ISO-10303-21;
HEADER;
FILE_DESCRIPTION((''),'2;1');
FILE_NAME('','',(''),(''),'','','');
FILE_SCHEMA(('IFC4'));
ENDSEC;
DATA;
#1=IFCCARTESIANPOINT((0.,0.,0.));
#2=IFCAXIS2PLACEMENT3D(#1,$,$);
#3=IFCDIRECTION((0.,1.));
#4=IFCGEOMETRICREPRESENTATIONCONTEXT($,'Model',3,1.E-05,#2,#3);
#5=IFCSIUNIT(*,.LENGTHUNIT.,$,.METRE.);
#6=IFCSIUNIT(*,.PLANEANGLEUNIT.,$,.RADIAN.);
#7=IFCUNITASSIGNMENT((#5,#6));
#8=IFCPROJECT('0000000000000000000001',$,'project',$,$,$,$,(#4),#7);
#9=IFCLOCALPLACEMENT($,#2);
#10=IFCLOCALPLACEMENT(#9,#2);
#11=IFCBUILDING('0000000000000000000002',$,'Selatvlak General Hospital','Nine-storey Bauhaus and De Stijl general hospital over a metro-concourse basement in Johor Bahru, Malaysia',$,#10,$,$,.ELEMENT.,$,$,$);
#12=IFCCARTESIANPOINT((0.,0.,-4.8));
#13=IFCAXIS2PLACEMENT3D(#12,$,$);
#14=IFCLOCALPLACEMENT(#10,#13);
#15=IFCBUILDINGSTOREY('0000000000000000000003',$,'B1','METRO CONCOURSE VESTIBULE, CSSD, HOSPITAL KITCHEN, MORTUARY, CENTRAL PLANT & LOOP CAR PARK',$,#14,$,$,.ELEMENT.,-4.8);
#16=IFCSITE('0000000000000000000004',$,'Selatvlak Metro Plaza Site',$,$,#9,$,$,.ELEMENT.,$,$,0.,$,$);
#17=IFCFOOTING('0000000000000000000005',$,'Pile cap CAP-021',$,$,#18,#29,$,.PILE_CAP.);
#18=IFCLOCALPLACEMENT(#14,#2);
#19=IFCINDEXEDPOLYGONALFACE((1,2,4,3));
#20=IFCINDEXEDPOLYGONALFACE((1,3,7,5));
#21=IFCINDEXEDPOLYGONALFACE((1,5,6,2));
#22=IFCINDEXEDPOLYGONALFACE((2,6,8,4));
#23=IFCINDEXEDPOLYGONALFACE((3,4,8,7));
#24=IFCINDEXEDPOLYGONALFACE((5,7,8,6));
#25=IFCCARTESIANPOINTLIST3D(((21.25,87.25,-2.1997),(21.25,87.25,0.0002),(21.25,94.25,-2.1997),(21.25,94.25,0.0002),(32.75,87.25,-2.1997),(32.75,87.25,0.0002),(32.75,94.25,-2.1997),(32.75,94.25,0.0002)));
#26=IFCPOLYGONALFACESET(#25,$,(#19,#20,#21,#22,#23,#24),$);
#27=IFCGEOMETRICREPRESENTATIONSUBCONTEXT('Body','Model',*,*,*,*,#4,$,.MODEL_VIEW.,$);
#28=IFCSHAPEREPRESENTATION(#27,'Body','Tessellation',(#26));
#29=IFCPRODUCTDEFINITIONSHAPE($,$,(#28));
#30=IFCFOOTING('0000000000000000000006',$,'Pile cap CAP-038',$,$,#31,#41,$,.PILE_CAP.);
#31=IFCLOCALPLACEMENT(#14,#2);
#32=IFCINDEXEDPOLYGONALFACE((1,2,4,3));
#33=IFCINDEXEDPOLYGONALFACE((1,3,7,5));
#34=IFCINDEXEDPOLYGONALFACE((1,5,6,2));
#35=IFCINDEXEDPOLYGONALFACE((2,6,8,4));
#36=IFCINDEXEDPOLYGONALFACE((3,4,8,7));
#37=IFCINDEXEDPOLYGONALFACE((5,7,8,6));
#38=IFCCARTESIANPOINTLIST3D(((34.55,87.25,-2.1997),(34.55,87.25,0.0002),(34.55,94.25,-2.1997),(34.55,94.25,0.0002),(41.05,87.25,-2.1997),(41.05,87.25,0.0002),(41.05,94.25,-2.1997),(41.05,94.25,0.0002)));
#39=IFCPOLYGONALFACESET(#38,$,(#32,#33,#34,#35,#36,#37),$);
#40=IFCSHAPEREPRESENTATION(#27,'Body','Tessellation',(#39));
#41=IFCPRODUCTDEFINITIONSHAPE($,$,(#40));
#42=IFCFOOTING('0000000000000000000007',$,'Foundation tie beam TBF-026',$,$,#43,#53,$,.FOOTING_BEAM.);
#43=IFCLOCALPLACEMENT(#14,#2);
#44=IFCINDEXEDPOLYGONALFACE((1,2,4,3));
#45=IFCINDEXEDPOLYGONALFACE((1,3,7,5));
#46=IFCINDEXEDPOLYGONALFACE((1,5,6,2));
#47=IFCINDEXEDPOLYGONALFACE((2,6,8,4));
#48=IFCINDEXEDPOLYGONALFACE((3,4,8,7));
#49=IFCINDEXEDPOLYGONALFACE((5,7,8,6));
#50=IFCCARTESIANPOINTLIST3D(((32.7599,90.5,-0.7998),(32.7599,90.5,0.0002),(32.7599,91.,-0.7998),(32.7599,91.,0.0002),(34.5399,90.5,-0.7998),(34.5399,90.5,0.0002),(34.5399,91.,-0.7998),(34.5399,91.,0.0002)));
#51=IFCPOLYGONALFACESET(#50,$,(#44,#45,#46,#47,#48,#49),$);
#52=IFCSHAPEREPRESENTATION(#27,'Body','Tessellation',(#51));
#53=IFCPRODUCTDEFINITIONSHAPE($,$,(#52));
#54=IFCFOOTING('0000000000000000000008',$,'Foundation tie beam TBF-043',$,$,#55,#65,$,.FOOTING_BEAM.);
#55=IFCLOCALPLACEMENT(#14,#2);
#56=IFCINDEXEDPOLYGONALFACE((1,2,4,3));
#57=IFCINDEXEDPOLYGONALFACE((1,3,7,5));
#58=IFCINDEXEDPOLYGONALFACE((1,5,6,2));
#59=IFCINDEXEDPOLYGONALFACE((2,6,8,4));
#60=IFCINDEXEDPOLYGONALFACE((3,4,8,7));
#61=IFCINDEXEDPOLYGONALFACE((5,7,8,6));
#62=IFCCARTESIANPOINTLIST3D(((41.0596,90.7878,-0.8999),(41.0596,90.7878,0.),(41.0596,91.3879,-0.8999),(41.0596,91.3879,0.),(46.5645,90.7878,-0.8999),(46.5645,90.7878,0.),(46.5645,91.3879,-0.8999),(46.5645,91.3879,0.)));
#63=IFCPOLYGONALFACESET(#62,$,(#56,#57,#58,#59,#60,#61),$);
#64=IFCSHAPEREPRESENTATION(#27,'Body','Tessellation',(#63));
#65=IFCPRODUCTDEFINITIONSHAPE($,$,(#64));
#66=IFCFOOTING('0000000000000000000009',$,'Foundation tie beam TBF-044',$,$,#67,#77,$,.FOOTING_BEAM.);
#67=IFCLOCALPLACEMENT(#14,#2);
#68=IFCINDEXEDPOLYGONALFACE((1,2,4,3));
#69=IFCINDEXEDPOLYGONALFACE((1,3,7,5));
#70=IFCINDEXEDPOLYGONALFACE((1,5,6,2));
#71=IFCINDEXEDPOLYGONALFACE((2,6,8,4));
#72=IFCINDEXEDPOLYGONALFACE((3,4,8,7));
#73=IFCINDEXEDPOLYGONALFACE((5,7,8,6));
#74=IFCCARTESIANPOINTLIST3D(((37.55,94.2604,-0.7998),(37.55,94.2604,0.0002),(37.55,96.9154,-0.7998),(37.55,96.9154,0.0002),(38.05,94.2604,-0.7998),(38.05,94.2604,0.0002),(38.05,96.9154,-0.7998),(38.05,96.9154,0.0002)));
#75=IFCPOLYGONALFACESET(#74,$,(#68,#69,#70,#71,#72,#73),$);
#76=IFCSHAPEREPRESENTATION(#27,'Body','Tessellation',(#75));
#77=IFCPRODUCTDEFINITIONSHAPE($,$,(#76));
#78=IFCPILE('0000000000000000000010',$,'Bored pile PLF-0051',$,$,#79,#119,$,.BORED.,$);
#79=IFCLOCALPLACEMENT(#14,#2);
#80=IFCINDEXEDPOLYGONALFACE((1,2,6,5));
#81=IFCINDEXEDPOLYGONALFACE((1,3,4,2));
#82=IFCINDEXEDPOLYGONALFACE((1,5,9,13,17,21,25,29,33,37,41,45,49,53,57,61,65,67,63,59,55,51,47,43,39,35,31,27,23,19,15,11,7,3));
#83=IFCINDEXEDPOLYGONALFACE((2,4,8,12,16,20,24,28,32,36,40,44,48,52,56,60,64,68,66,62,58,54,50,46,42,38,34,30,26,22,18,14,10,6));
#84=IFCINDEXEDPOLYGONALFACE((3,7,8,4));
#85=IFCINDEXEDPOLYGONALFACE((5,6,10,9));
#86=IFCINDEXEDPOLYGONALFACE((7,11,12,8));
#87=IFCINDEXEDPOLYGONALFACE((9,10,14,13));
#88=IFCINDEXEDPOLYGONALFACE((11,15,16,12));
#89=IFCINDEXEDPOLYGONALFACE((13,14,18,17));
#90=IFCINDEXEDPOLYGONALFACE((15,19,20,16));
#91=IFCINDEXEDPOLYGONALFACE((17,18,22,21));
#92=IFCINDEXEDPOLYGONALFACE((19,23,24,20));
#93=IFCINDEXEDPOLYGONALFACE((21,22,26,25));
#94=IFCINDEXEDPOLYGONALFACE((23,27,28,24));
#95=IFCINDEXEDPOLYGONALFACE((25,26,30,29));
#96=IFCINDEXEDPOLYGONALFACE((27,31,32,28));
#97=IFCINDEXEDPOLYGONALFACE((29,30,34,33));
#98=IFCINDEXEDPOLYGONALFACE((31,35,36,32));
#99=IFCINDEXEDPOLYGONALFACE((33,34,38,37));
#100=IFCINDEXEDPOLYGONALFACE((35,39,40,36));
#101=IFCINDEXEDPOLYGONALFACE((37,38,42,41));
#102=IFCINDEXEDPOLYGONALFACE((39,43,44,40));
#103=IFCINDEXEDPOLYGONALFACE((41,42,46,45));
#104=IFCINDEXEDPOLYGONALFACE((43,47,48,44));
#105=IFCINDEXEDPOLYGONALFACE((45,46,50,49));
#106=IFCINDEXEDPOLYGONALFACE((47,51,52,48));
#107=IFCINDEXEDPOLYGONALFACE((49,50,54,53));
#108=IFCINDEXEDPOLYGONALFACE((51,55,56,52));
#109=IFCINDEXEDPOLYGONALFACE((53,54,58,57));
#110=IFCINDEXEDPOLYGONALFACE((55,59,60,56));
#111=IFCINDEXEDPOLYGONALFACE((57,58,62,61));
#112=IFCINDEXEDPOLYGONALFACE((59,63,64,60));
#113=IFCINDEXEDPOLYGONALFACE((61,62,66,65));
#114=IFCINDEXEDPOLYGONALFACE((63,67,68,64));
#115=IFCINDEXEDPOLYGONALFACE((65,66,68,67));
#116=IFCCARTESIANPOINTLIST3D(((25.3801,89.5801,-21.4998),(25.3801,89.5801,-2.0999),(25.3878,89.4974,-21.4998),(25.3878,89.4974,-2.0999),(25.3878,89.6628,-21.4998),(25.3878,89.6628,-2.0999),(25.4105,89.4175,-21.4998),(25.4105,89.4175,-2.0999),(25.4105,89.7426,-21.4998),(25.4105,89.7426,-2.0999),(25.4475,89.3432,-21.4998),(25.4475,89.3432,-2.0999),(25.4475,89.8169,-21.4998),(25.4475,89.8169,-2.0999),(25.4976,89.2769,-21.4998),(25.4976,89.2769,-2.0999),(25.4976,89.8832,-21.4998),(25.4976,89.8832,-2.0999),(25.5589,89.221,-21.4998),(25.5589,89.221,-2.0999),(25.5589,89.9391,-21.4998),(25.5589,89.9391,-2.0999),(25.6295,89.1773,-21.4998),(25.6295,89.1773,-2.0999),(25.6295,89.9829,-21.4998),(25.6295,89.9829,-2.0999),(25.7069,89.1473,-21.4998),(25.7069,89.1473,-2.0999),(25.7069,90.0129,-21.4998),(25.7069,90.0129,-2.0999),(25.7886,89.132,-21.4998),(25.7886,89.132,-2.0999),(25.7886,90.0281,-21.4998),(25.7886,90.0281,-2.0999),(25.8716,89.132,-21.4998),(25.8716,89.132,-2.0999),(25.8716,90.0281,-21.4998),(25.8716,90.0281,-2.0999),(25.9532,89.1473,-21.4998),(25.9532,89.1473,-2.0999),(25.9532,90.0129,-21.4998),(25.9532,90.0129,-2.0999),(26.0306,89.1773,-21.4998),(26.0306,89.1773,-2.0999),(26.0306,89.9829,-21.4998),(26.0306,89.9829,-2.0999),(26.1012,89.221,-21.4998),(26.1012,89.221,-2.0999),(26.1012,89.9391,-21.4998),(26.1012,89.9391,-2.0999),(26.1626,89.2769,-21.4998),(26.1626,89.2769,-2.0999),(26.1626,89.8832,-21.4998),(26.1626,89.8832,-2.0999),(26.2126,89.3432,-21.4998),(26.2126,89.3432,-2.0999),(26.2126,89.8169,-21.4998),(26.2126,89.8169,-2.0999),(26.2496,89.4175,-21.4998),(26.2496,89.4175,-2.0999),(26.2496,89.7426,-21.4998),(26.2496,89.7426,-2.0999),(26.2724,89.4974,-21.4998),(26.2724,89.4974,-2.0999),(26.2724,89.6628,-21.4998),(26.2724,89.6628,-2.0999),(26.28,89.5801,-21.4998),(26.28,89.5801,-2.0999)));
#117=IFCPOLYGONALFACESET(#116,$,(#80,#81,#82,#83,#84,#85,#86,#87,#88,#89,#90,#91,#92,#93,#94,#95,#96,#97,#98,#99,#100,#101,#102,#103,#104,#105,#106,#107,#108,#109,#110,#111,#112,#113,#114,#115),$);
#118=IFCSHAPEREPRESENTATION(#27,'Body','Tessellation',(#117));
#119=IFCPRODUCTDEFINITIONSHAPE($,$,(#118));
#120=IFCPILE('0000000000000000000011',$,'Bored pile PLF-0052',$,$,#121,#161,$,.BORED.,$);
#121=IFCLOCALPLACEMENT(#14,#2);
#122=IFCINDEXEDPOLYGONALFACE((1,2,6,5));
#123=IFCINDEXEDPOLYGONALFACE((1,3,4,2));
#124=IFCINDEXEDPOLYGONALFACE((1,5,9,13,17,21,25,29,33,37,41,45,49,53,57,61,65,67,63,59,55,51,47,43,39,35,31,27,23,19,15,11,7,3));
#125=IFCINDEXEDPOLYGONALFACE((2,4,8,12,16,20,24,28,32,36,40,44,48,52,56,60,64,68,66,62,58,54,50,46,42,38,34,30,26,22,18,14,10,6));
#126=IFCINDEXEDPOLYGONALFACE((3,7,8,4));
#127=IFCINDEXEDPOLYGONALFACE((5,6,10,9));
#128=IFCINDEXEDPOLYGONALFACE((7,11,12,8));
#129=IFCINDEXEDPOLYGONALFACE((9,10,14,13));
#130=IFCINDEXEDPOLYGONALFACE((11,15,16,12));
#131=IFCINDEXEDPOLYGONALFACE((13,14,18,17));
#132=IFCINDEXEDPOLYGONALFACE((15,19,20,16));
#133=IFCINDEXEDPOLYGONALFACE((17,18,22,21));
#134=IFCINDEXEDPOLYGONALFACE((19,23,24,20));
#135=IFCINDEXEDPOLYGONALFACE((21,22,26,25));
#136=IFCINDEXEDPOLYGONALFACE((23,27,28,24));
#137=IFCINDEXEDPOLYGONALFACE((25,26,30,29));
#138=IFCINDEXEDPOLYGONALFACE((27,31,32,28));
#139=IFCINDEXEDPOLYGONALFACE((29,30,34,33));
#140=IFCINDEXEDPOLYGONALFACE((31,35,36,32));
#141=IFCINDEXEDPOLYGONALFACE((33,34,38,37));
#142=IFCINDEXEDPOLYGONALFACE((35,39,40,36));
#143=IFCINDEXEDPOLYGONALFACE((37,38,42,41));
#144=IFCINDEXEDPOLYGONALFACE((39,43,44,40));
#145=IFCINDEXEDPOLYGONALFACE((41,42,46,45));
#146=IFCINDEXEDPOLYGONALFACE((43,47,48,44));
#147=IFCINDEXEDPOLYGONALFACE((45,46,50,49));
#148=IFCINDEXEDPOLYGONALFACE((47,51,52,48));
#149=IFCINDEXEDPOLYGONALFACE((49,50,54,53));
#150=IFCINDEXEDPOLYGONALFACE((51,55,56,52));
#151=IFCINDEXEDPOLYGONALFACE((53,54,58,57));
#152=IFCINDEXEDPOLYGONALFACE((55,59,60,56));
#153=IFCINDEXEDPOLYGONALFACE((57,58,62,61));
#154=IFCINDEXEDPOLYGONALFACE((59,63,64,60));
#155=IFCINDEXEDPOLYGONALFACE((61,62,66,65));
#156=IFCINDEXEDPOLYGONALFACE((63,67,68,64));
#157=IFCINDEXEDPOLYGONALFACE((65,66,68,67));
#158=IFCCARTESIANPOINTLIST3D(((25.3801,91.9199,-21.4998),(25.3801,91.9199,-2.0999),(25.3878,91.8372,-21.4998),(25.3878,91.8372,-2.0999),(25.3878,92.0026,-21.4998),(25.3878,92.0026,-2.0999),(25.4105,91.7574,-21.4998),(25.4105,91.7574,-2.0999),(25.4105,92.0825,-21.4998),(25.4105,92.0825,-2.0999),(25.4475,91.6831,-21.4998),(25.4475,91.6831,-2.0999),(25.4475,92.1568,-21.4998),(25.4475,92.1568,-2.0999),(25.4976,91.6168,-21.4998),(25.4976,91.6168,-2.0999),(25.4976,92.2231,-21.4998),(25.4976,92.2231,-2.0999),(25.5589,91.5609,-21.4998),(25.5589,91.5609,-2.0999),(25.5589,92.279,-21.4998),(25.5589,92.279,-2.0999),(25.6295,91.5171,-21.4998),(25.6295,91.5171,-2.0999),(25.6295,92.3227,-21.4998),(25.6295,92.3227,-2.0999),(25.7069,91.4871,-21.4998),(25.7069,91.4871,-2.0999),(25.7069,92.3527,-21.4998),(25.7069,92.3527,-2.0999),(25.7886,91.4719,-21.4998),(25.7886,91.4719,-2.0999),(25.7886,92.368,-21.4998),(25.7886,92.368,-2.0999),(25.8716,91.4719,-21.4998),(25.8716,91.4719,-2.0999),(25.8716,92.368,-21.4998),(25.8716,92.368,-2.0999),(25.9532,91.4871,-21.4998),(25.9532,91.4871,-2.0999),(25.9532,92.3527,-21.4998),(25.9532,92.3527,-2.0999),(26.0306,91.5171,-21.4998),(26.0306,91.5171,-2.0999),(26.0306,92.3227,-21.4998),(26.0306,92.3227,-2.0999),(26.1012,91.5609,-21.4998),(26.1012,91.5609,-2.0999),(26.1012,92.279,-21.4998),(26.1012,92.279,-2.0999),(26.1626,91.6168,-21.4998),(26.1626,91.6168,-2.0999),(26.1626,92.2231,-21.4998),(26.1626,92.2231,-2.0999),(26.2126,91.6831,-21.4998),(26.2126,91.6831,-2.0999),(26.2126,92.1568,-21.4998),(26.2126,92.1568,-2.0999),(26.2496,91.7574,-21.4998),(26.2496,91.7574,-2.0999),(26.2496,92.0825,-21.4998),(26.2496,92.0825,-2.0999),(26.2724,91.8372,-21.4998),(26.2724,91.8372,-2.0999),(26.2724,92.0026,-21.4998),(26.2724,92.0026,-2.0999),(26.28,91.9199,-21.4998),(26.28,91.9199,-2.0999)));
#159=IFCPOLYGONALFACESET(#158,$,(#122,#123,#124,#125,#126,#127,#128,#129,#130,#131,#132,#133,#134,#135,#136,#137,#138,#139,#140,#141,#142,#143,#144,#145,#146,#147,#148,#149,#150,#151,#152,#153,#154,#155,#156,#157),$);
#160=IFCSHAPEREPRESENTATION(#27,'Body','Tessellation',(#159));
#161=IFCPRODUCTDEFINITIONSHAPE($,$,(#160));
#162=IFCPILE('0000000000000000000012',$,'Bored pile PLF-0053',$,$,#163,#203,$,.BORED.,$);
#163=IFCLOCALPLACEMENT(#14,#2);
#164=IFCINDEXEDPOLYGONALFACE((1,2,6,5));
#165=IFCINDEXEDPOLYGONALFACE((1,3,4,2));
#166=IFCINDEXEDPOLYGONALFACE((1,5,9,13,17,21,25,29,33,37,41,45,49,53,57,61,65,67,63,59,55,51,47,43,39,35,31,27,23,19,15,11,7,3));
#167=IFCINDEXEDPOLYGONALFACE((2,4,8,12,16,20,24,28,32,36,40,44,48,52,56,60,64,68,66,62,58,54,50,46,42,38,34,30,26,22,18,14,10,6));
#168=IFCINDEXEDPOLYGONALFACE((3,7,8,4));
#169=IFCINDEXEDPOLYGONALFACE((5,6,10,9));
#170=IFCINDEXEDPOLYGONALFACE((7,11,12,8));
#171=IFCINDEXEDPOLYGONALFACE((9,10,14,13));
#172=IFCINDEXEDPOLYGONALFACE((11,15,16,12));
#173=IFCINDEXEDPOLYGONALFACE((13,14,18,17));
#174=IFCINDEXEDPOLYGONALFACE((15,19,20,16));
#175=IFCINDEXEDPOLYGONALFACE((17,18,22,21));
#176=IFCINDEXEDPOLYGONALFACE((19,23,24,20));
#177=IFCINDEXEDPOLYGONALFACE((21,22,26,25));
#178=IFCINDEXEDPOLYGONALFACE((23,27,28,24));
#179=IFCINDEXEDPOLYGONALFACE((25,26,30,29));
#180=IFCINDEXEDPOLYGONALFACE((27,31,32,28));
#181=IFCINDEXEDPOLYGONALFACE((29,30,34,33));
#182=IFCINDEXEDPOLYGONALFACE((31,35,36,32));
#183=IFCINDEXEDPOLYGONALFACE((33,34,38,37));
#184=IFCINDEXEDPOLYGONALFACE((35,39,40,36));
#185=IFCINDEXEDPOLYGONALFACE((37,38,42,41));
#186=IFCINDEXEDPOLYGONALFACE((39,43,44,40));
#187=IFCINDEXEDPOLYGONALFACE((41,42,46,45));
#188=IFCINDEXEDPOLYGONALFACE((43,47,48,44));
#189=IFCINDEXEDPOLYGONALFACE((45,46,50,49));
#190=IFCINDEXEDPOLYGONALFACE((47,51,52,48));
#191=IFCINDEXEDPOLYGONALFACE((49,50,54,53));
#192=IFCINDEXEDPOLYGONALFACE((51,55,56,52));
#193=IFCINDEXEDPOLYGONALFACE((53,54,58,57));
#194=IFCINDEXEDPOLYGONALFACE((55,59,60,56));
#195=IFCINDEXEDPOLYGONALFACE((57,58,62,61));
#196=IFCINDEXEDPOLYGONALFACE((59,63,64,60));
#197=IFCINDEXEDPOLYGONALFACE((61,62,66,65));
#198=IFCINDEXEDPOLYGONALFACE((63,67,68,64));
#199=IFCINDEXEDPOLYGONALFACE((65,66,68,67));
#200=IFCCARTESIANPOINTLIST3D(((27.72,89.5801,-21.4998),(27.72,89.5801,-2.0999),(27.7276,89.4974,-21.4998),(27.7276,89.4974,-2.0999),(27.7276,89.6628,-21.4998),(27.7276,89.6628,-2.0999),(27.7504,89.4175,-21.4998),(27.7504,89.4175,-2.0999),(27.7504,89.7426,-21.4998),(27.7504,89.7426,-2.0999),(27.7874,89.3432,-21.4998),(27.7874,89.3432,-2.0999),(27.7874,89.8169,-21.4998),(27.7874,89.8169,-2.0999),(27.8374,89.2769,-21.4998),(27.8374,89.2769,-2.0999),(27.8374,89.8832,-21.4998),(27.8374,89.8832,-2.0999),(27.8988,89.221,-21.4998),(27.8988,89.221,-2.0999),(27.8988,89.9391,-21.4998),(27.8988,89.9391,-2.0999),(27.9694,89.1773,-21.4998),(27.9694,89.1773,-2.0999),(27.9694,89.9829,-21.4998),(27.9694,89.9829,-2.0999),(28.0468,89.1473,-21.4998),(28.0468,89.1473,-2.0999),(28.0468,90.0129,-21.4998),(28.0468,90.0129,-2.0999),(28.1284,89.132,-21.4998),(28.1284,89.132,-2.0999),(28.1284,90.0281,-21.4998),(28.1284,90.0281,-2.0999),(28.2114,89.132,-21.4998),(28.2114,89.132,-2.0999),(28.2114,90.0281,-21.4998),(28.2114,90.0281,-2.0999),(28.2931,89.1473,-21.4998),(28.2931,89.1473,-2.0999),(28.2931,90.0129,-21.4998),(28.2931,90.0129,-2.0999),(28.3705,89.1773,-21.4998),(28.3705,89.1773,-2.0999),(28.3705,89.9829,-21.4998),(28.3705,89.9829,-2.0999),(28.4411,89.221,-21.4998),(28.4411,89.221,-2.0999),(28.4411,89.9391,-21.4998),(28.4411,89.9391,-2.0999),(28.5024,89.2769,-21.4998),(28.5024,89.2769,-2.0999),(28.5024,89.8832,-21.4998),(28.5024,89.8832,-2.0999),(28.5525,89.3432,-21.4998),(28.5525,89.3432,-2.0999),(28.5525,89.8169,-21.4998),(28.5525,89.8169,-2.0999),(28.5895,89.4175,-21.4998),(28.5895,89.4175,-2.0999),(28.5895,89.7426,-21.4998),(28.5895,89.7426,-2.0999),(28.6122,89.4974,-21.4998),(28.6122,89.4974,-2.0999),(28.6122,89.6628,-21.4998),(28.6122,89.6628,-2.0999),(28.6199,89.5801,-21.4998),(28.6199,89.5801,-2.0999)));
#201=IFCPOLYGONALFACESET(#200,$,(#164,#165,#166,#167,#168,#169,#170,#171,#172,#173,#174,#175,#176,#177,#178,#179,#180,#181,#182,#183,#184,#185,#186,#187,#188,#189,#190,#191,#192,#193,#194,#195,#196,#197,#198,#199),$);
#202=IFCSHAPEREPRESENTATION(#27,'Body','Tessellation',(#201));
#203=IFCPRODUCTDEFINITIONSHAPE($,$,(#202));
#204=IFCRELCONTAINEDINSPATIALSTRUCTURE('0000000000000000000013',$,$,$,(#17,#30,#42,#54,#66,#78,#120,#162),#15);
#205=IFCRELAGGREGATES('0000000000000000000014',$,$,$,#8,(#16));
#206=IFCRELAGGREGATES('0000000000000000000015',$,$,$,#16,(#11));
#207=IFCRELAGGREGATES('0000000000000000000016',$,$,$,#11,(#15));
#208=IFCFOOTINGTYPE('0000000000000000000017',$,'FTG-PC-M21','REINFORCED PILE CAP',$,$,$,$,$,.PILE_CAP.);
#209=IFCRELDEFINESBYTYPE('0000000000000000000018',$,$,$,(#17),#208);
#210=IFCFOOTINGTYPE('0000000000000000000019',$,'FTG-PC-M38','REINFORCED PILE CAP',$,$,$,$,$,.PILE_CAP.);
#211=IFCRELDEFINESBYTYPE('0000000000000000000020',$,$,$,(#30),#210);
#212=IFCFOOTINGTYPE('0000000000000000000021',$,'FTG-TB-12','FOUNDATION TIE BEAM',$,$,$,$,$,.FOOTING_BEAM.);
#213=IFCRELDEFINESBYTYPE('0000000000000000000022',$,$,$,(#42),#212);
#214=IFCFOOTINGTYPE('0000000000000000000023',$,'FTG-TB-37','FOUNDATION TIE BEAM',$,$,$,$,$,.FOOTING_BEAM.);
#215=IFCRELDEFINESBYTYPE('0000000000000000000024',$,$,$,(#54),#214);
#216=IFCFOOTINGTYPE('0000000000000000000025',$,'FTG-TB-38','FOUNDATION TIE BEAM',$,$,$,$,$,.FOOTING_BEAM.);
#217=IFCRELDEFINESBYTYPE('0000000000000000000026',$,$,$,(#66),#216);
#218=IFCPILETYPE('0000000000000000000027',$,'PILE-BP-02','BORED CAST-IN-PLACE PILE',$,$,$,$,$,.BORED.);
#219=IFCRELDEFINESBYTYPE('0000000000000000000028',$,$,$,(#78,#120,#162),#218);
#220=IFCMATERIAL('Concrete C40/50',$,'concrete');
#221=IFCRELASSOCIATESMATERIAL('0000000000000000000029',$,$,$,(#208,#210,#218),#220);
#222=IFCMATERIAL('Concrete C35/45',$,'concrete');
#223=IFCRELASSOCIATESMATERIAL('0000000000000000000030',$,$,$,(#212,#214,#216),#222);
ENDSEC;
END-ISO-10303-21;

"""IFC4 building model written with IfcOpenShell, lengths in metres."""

from ifc_helpers import new_model, si_unit, direction, frame, origin, origin_2d, place, context, subcontext, project, spatial, rectangle, circle, extrude, material, material_profile, profile_set, type_object, element, save


model = new_model("IFC4")

# Units and contexts
model_context = context("Model", 3, precision=1e-05, world=origin(), true_north=direction((0.0, 1.0)))
body_context = subcontext(model_context, "Body", "Model", "MODEL_VIEW")
ifc_project = project(units=[si_unit("LENGTHUNIT", "METRE"), si_unit("PLANEANGLEUNIT", "RADIAN")], contexts=[model_context])

# Site, building, storey
site_placement = place(None, origin())
site = spatial("IfcSite", under=ifc_project, at=site_placement, Name="Selatvlak Metro Plaza Site", CompositionType="ELEMENT", RefElevation=0.0)
building_placement = place(site_placement, origin())
building = spatial("IfcBuilding", under=site, at=building_placement, Name="Selatvlak General Hospital", Description="Nine-storey Bauhaus and De Stijl general hospital over a metro-concourse basement in Johor Bahru, Malaysia", CompositionType="ELEMENT")
storey_placement = place(building_placement, frame((0.0, 0.0, -4.8)))
storey = spatial("IfcBuildingStorey", under=building, at=storey_placement, Name="B1", Description="METRO CONCOURSE VESTIBULE, CSSD, HOSPITAL KITCHEN, MORTUARY, CENTRAL PLANT & LOOP CAR PARK", CompositionType="ELEMENT", Elevation=-4.8)

# Footings
ifc_material_1 = material(Name="Concrete C40/50", Category="concrete")
footing_type_1 = type_object("IfcFootingType", Name="FTG-PC-M21", Description="REINFORCED PILE CAP", PredefinedType="PILE_CAP", material=ifc_material_1)
footing_1_placement = place(storey_placement, frame((27.0, 90.75, -2.1997), z_axis=(0.0, 0.0, 1.0), x_axis=(1.0, 0.0, 0.0)))
element("IfcFooting", 1, at=footing_1_placement, inside=storey, type_object=footing_type_1, Name="Pile cap CAP-021", PredefinedType="PILE_CAP", context=body_context, shape_type="SweptSolid", body=[
    extrude(rectangle(XDim=11.5, YDim=7.0, at=origin_2d()), origin(), (0.0, 0.0, 1.0), 2.2),
])
footing_type_2 = type_object("IfcFootingType", Name="FTG-PC-M38", Description="REINFORCED PILE CAP", PredefinedType="PILE_CAP", material=ifc_material_1)
footing_2_placement = place(storey_placement, frame((37.8, 90.75, -2.1997), z_axis=(0.0, 0.0, 1.0), x_axis=(1.0, 0.0, 0.0)))
element("IfcFooting", 2, at=footing_2_placement, inside=storey, type_object=footing_type_2, Name="Pile cap CAP-038", PredefinedType="PILE_CAP", context=body_context, shape_type="SweptSolid", body=[
    extrude(rectangle(XDim=6.5, YDim=7.0, at=origin_2d()), origin(), (0.0, 0.0, 1.0), 2.2),
])
ifc_material_2 = material(Name="Concrete C35/45", Category="concrete")
footing_type_3 = type_object("IfcFootingType", Name="FTG-TB-12", Description="FOUNDATION TIE BEAM", PredefinedType="FOOTING_BEAM", material=ifc_material_2)
footing_3_placement = place(storey_placement, frame((33.6499, 90.75, -0.7998), z_axis=(0.0, 0.0, 1.0), x_axis=(1.0, 0.0, 0.0)))
element("IfcFooting", 3, at=footing_3_placement, inside=storey, type_object=footing_type_3, Name="Foundation tie beam TBF-026", PredefinedType="FOOTING_BEAM", context=body_context, shape_type="SweptSolid", body=[
    extrude(rectangle(XDim=1.78, YDim=0.5, at=origin_2d()), origin(), (0.0, 0.0, 1.0), 0.8),
])
footing_type_4 = type_object("IfcFootingType", Name="FTG-TB-37", Description="FOUNDATION TIE BEAM", PredefinedType="FOOTING_BEAM", material=ifc_material_2)
footing_4_placement = place(storey_placement, frame((43.812, 91.0879, -0.8999), z_axis=(0.0, 0.0, 1.0), x_axis=(1.0, 0.0, 0.0)))
element("IfcFooting", 4, at=footing_4_placement, inside=storey, type_object=footing_type_4, Name="Foundation tie beam TBF-043", PredefinedType="FOOTING_BEAM", context=body_context, shape_type="SweptSolid", body=[
    extrude(rectangle(XDim=5.5049, YDim=0.6001, at=origin_2d()), origin(), (0.0, 0.0, 1.0), 0.8999),
])
footing_type_5 = type_object("IfcFootingType", Name="FTG-TB-38", Description="FOUNDATION TIE BEAM", PredefinedType="FOOTING_BEAM", material=ifc_material_2)
footing_5_placement = place(storey_placement, frame((37.8, 95.5879, -0.7998), z_axis=(0.0, 0.0, 1.0), x_axis=(0.0, 1.0, 0.0)))
element("IfcFooting", 5, at=footing_5_placement, inside=storey, type_object=footing_type_5, Name="Foundation tie beam TBF-044", PredefinedType="FOOTING_BEAM", context=body_context, shape_type="SweptSolid", body=[
    extrude(rectangle(XDim=2.655, YDim=0.5, at=origin_2d()), origin(), (0.0, 0.0, 1.0), 0.8),
])

# Piles
ifc_material_profile_1 = material_profile(ifc_material_1, circle(Radius=0.45, at=origin_2d()), Name="BORED PILE 900")
ifc_profile_set_1 = profile_set([ifc_material_profile_1], Name="Concrete C40/50")
pile_type_1 = type_object("IfcPileType", Name="PILE-BP-02", Description="BORED CAST-IN-PLACE PILE", PredefinedType="BORED", material=ifc_profile_set_1)
for number, where, z_axis, x_axis, name in (
    (6, (25.8301, 89.5801, -2.0999), (0.0, 0.0, -1.0), (1.0, 0.0, 0.0), "Bored pile PLF-0051"),
    (7, (25.8301, 91.9199, -2.0999), (0.0, 0.0, -1.0), (1.0, 0.0, 0.0), "Bored pile PLF-0052"),
    (8, (28.1699, 89.5801, -2.0999), (0.0, 0.0, -1.0), (1.0, 0.0, 0.0), "Bored pile PLF-0053"),
):
    element("IfcPile", number, at=place(storey_placement, frame(where, z_axis=z_axis, x_axis=x_axis)), inside=storey, type_object=pile_type_1, Name=name, PredefinedType="BORED", context=body_context, shape_type="SweptSolid", body=[
        extrude(circle(Radius=0.45, at=origin_2d()), origin(), (0.0, 0.0, 1.0), 19.3999),
    ])

save(model, "model.ifc")
